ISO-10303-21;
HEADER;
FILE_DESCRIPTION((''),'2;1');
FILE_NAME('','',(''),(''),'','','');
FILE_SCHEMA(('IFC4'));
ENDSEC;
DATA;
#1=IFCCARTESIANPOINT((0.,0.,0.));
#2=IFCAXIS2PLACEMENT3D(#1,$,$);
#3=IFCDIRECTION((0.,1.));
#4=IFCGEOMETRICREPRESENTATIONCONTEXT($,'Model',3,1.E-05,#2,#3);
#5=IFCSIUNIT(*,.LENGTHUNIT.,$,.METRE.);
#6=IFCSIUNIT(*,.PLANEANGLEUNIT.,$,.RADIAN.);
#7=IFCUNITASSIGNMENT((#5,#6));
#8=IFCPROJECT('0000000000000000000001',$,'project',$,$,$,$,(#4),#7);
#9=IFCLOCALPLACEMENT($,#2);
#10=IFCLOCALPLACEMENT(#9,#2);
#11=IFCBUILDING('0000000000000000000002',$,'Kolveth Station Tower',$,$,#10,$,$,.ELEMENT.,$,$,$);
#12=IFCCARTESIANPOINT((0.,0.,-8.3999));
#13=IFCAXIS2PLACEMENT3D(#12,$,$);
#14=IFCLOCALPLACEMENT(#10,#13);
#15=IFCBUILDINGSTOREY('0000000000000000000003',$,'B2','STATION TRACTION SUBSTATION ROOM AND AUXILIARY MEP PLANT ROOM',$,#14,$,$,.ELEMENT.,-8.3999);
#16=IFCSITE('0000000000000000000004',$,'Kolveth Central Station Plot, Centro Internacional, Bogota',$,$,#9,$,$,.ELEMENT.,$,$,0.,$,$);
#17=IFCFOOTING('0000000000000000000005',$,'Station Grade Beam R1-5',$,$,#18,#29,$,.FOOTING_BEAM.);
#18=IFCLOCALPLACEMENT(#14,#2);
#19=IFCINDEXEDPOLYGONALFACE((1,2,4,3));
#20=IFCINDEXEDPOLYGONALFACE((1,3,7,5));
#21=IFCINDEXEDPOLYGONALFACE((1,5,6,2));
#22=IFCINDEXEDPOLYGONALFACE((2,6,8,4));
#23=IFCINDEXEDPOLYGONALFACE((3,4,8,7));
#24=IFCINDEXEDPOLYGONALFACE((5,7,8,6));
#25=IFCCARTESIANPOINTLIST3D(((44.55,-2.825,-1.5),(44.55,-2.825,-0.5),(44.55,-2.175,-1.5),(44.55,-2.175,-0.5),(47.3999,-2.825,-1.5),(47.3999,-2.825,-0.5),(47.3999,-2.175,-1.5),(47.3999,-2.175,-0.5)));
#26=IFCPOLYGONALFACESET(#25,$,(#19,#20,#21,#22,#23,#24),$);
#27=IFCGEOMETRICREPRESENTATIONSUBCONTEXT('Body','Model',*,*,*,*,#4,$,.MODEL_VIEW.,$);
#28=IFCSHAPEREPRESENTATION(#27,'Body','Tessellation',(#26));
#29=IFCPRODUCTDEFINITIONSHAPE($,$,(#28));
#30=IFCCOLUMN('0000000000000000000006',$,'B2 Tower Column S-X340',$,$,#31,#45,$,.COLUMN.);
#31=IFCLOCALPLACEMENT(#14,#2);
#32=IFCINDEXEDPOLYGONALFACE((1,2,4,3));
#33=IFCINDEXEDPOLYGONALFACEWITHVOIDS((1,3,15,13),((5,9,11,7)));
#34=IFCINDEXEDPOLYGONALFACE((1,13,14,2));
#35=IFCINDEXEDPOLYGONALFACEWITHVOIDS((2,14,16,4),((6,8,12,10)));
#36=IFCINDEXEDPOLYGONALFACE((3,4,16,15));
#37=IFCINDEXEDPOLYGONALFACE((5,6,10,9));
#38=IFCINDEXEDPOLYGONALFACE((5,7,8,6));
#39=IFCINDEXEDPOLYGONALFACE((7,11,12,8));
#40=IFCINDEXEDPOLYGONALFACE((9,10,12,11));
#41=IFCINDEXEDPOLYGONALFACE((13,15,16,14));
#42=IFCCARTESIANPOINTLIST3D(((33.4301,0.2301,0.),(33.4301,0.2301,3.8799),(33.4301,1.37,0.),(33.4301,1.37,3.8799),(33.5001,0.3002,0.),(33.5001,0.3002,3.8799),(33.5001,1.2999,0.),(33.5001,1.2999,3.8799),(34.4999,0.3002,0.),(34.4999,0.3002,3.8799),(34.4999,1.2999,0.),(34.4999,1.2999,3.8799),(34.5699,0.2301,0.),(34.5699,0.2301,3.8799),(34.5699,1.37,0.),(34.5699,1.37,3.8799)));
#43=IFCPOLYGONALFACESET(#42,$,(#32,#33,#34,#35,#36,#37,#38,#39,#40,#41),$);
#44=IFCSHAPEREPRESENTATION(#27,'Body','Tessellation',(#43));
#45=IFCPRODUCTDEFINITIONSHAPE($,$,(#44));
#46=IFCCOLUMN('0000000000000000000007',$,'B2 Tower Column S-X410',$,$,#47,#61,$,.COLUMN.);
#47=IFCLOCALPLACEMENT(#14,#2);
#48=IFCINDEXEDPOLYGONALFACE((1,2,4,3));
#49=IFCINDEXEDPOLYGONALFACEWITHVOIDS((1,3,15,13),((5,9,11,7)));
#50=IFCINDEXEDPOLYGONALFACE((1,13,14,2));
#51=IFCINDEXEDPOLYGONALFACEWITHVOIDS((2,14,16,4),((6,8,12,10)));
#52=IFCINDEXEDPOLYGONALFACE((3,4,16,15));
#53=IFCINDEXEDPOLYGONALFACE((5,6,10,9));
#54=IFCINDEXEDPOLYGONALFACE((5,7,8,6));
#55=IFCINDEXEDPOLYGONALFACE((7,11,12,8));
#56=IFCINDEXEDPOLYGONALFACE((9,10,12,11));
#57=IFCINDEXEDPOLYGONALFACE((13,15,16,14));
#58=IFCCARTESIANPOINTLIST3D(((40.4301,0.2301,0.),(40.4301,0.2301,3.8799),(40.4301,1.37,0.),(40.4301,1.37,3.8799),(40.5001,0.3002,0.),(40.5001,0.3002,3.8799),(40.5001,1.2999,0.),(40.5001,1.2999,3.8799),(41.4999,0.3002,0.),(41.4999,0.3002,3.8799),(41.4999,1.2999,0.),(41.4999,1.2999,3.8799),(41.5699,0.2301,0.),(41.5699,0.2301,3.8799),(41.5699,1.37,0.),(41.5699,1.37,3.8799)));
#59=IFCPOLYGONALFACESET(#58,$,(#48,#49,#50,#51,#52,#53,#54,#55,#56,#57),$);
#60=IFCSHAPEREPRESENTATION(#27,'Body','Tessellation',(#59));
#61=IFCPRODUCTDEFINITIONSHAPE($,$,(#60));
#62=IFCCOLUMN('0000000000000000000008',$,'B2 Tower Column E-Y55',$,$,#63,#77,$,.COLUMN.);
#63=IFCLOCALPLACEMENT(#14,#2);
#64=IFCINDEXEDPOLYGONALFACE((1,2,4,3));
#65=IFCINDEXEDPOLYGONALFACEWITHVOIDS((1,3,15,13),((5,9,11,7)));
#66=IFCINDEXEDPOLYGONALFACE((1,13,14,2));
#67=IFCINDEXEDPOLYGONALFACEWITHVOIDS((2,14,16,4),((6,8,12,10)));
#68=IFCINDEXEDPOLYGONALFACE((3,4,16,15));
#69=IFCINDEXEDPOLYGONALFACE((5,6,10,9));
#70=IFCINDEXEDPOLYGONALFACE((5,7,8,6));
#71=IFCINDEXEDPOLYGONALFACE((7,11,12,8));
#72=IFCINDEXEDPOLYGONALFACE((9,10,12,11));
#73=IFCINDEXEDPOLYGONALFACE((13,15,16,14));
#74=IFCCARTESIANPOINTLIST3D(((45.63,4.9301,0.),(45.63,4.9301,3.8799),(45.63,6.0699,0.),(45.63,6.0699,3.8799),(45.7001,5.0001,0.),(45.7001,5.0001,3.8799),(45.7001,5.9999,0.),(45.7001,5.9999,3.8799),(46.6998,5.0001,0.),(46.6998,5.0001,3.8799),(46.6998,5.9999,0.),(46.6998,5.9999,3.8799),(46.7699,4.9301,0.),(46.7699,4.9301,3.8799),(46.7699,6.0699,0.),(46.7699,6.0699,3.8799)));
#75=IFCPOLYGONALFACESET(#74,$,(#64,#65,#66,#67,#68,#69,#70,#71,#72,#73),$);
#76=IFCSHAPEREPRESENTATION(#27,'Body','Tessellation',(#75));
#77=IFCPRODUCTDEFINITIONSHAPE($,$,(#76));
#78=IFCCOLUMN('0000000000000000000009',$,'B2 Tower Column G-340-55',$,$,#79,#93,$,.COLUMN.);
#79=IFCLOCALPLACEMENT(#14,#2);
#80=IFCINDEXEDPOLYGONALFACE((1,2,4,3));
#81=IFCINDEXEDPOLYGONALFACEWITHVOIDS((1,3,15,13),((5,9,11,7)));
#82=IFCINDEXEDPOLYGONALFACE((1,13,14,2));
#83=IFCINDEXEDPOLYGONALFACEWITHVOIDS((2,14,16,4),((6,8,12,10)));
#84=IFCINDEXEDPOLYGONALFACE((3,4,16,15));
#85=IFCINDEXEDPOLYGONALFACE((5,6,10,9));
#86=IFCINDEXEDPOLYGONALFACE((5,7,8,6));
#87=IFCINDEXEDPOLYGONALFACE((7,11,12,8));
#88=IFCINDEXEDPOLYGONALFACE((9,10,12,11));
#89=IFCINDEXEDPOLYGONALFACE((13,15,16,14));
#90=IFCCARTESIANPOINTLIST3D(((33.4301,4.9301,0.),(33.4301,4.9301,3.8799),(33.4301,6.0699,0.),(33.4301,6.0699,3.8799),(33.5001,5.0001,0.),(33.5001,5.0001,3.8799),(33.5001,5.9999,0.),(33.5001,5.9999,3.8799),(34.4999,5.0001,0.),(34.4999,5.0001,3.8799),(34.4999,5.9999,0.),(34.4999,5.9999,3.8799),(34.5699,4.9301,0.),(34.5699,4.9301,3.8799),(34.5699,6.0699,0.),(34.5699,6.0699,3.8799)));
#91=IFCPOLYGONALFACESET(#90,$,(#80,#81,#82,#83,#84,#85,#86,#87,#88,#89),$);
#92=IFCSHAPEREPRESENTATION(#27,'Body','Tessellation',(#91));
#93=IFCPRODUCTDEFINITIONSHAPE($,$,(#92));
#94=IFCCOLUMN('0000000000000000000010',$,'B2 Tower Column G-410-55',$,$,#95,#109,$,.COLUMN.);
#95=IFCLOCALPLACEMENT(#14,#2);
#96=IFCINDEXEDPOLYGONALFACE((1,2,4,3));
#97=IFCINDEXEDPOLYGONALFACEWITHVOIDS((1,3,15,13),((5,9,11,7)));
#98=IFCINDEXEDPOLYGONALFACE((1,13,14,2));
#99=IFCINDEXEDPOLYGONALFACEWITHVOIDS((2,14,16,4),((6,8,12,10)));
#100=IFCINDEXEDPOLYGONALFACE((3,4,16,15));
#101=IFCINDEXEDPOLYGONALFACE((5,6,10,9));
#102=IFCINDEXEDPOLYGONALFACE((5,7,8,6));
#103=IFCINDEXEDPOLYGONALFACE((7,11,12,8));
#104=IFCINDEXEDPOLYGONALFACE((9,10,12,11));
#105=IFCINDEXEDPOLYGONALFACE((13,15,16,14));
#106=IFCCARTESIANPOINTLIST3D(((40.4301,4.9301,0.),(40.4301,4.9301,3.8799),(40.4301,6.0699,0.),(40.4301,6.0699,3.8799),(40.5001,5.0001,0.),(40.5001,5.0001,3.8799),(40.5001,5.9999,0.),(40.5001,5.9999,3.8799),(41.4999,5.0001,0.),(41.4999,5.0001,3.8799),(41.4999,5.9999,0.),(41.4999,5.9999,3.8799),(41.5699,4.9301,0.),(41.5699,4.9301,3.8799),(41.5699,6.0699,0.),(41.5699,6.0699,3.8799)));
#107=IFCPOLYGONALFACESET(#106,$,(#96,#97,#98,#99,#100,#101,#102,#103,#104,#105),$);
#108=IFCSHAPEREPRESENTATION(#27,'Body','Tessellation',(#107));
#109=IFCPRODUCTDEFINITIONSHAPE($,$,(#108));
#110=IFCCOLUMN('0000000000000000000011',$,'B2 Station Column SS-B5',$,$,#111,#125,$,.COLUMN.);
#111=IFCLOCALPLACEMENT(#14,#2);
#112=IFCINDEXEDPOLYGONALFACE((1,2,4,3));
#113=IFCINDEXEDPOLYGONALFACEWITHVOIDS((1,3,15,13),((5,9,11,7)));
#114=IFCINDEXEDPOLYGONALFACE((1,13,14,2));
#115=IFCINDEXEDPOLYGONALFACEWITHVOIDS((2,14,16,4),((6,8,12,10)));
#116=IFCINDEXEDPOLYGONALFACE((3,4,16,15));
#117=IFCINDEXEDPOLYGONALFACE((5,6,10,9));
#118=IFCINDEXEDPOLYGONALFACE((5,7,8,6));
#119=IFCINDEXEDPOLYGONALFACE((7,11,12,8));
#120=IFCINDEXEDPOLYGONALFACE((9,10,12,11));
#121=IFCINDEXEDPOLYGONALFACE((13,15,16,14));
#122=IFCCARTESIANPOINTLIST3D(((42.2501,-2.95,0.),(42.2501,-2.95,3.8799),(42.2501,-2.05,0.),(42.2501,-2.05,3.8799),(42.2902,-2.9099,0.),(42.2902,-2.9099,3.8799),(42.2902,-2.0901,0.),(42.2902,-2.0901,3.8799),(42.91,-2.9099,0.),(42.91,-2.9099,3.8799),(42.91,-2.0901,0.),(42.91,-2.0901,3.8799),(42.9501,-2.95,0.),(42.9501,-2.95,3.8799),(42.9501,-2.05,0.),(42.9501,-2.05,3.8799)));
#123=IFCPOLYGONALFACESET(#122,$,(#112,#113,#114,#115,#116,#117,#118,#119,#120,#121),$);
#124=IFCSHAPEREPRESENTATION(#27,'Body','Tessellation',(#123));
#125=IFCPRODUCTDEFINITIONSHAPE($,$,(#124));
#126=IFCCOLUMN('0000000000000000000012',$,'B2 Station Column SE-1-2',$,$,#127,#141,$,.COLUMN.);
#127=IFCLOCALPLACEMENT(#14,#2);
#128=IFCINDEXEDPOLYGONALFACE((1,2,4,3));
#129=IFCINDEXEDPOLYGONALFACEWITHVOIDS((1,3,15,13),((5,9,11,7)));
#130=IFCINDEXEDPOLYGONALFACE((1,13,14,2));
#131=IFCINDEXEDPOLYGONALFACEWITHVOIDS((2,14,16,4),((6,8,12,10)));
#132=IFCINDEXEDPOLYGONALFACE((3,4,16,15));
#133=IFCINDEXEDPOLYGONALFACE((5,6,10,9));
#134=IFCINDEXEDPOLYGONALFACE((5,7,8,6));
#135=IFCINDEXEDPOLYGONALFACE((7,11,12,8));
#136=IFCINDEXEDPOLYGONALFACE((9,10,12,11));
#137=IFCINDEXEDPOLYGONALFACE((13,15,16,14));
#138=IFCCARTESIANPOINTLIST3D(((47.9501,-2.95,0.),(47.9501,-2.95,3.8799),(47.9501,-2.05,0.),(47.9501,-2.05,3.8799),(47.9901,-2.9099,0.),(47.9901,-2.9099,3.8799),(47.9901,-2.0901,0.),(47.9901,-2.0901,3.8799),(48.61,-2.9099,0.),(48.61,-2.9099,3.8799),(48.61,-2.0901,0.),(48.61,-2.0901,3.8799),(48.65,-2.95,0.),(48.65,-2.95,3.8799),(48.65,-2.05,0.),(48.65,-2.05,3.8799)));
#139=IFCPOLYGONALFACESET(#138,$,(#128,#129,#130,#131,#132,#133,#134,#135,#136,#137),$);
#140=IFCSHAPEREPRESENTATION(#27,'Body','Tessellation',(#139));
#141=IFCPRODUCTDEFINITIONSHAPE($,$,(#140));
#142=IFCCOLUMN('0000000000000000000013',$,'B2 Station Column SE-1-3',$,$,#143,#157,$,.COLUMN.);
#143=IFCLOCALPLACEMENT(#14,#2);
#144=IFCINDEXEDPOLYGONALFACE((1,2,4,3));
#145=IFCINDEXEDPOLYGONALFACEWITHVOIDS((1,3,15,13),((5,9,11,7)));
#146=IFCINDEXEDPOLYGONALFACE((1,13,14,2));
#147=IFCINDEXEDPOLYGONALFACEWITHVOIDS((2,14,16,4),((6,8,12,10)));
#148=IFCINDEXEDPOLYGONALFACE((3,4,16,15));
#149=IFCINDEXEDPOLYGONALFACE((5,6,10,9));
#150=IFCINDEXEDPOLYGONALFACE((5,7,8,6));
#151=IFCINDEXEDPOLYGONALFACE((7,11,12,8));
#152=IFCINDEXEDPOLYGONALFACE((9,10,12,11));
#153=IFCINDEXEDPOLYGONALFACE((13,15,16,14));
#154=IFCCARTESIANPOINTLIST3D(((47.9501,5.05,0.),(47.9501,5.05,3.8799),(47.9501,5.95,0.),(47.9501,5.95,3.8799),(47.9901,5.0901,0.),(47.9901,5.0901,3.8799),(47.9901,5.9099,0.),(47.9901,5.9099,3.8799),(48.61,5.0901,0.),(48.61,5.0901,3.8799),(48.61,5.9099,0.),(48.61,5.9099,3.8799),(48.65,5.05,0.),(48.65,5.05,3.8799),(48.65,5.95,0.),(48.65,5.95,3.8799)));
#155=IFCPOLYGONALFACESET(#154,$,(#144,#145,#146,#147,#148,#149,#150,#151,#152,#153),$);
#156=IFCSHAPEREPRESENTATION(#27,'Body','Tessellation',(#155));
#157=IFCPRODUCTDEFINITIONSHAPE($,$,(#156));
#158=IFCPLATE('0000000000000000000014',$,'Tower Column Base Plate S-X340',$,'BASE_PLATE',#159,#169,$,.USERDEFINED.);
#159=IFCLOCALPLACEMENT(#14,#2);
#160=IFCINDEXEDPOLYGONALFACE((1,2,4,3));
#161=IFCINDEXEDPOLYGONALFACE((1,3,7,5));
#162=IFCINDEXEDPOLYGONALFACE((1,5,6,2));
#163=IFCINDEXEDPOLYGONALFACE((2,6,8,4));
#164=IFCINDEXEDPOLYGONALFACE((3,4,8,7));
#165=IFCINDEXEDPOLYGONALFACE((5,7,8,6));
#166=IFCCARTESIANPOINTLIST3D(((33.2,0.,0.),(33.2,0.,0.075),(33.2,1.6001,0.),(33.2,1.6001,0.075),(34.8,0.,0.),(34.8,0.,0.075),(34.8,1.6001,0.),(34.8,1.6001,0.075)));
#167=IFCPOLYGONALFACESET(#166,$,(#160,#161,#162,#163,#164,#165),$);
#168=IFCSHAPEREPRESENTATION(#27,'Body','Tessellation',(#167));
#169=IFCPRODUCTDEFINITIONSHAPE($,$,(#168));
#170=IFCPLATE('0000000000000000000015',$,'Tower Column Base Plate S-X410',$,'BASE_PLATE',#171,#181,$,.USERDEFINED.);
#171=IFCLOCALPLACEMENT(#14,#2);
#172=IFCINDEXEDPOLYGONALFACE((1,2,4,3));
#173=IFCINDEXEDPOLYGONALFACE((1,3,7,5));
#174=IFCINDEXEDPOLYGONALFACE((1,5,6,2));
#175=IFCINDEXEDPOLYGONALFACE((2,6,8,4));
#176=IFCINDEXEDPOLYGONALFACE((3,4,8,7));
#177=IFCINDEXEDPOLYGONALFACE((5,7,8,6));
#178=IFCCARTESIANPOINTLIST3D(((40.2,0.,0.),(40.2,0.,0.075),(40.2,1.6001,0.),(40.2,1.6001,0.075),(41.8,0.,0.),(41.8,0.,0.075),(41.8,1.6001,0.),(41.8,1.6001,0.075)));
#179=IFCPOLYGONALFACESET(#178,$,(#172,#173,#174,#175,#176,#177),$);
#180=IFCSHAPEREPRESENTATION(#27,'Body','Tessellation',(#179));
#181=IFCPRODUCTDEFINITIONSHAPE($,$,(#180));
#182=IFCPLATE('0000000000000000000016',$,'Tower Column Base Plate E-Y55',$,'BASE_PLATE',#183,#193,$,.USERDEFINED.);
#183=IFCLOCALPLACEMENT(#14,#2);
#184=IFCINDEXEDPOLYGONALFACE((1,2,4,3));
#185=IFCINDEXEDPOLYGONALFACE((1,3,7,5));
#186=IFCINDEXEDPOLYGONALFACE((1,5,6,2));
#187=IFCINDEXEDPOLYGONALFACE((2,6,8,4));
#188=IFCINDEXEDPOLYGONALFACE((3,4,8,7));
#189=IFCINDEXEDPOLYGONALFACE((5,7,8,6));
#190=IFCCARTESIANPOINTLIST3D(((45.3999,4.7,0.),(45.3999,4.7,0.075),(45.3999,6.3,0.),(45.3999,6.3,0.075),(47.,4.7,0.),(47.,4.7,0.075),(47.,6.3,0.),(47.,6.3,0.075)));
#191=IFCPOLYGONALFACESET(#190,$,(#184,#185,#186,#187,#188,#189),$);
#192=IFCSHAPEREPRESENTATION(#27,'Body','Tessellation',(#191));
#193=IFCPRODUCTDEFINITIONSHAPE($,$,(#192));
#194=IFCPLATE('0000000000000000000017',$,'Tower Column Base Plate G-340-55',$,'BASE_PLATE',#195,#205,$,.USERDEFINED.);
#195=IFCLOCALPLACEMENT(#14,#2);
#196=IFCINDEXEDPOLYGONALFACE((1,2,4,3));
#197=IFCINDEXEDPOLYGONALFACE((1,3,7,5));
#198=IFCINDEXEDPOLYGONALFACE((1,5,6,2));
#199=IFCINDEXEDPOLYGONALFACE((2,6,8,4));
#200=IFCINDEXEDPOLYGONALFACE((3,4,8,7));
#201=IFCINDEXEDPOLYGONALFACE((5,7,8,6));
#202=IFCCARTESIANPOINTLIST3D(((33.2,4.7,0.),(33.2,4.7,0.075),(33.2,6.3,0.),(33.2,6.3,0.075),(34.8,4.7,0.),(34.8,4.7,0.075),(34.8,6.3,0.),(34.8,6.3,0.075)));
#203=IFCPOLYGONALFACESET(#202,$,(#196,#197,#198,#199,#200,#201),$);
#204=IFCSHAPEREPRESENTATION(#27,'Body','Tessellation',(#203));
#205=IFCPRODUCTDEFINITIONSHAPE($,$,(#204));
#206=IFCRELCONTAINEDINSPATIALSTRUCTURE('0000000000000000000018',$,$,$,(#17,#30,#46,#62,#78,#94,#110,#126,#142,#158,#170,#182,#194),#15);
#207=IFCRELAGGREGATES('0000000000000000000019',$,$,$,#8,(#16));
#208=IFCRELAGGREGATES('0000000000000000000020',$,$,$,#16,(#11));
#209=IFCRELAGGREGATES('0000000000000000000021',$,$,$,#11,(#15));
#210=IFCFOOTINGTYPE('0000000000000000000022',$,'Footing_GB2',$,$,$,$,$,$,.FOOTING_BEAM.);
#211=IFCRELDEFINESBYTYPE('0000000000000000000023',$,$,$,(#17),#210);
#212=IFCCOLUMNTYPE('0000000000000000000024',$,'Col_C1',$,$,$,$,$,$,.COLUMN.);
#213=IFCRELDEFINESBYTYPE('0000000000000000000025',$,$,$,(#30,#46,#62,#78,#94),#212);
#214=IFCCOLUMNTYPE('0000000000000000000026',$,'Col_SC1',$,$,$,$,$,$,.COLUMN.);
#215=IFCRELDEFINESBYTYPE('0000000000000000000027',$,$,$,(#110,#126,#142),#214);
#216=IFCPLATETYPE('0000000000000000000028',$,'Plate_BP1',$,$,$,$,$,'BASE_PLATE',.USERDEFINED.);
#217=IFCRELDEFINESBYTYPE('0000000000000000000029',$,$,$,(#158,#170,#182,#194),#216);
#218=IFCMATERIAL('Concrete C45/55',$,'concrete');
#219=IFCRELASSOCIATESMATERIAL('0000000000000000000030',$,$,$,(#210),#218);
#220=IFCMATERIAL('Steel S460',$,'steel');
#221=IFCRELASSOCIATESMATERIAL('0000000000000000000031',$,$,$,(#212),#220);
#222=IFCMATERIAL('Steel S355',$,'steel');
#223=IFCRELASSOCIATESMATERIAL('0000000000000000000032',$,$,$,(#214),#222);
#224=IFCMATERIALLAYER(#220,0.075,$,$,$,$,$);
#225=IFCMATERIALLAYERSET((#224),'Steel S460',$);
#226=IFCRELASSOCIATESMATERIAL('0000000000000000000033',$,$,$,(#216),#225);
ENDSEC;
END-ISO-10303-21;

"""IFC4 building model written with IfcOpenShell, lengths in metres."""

from ifc_helpers import new_model, si_unit, direction, frame, origin, origin_2d, place, context, subcontext, project, spatial, rectangle, hollow_rectangle, extrude, source, transform, mapped, material, layer, layer_set, material_profile, profile_set, type_object, element, save


model = new_model("IFC4")

# Units and contexts
model_context = context("Model", 3, precision=1e-05, world=origin(), true_north=direction((0.0, 1.0)))
body_context = subcontext(model_context, "Body", "Model", "MODEL_VIEW")
ifc_project = project(units=[si_unit("LENGTHUNIT", "METRE"), si_unit("PLANEANGLEUNIT", "RADIAN")], contexts=[model_context])

# Site, building, storey
site_placement = place(None, origin())
site = spatial("IfcSite", under=ifc_project, at=site_placement, Name="Kolveth Central Station Plot, Centro Internacional, Bogota", CompositionType="ELEMENT", RefElevation=0.0)
building_placement = place(site_placement, origin())
building = spatial("IfcBuilding", under=site, at=building_placement, Name="Kolveth Station Tower", CompositionType="ELEMENT")
storey_placement = place(building_placement, frame((0.0, 0.0, -8.3999)))
storey = spatial("IfcBuildingStorey", under=building, at=storey_placement, Name="B2", Description="STATION TRACTION SUBSTATION ROOM AND AUXILIARY MEP PLANT ROOM", CompositionType="ELEMENT", Elevation=-8.3999)

# Shared definitions
ifc_material_1 = material(Name="Concrete C45/55", Category="concrete")

# Footing
ifc_material_profile_1 = material_profile(ifc_material_1, rectangle(XDim=0.6499, YDim=1.0, at=origin_2d()), Name="RC-650x1000")
ifc_profile_set_1 = profile_set([ifc_material_profile_1], Name="Concrete C45/55")
footing_type_1 = type_object("IfcFootingType", Name="Footing_GB2", PredefinedType="FOOTING_BEAM", material=ifc_profile_set_1)
shared_shape_1 = source(origin(), body_context, "Body", "SweptSolid", [
    extrude(rectangle(XDim=0.6499, YDim=1.0, at=origin_2d()), origin(), (0.0, 0.0, 1.0), 2.8499),
])
footing_1_placement = place(storey_placement, frame((44.55, -2.5, -1.0), z_axis=(1.0, 0.0, 0.0), x_axis=(0.0, 1.0, 0.0)))
element("IfcFooting", 1, at=footing_1_placement, inside=storey, type_object=footing_type_1, Name="Station Grade Beam R1-5", PredefinedType="FOOTING_BEAM", context=body_context, shape_type="MappedRepresentation", body=[
    mapped(shared_shape_1, transform((0.0, 0.0, 0.0), x_axis=(1.0, 0.0, 0.0), y_axis=(0.0, 1.0, 0.0), z_axis=(0.0, 0.0, 1.0), scale=1.0)),
])

# Columns
ifc_material_2 = material(Name="Steel S460", Category="steel")
ifc_material_profile_2 = material_profile(ifc_material_2, hollow_rectangle(XDim=1.1399, YDim=1.1399, WallThickness=0.0701, at=origin_2d()), Name="BOX1140x1140x70")
ifc_profile_set_2 = profile_set([ifc_material_profile_2], Name="Steel S460")
column_type_1 = type_object("IfcColumnType", Name="Col_C1", PredefinedType="COLUMN", material=ifc_profile_set_2)
shared_shape_2 = source(origin(), body_context, "Body", "SweptSolid", [
    extrude(hollow_rectangle(XDim=1.1399, YDim=1.1399, WallThickness=0.0701, at=origin_2d()), origin(), (0.0, 0.0, 1.0), 3.8799),
])
for number, where, z_axis, x_axis, name in (
    (2, (34.0, 0.8, 0.0), (0.0, 0.0, 1.0), (1.0, 0.0, 0.0), "B2 Tower Column S-X340"),
    (3, (41.0, 0.8, 0.0), (0.0, 0.0, 1.0), (1.0, 0.0, 0.0), "B2 Tower Column S-X410"),
    (4, (46.2, 5.5, 0.0), (0.0, 0.0, 1.0), (1.0, 0.0, 0.0), "B2 Tower Column E-Y55"),
    (5, (34.0, 5.5, 0.0), (0.0, 0.0, 1.0), (1.0, 0.0, 0.0), "B2 Tower Column G-340-55"),
    (6, (41.0, 5.5, 0.0), (0.0, 0.0, 1.0), (1.0, 0.0, 0.0), "B2 Tower Column G-410-55"),
):
    element("IfcColumn", number, at=place(storey_placement, frame(where, z_axis=z_axis, x_axis=x_axis)), inside=storey, type_object=column_type_1, Name=name, PredefinedType="COLUMN", context=body_context, shape_type="MappedRepresentation", body=[
        mapped(shared_shape_2, transform((0.0, 0.0, 0.0), x_axis=(1.0, 0.0, 0.0), y_axis=(0.0, 1.0, 0.0), z_axis=(0.0, 0.0, 1.0), scale=1.0)),
    ])
ifc_material_3 = material(Name="Steel S355", Category="steel")
ifc_material_profile_3 = material_profile(ifc_material_3, hollow_rectangle(XDim=0.7, YDim=0.8999, WallThickness=0.04, at=origin_2d()), Name="BOX900x700x40")
ifc_profile_set_3 = profile_set([ifc_material_profile_3], Name="Steel S355")
column_type_2 = type_object("IfcColumnType", Name="Col_SC1", PredefinedType="COLUMN", material=ifc_profile_set_3)
shared_shape_3 = source(origin(), body_context, "Body", "SweptSolid", [
    extrude(hollow_rectangle(XDim=0.7, YDim=0.8999, WallThickness=0.04, at=origin_2d()), origin(), (0.0, 0.0, 1.0), 3.8799),
])
for number, where, z_axis, x_axis, name in (
    (7, (42.6001, -2.5, 0.0), (0.0, 0.0, 1.0), (1.0, 0.0, 0.0), "B2 Station Column SS-B5"),
    (8, (48.3, -2.5, 0.0), (0.0, 0.0, 1.0), (1.0, 0.0, 0.0), "B2 Station Column SE-1-2"),
    (9, (48.3, 5.5, 0.0), (0.0, 0.0, 1.0), (1.0, 0.0, 0.0), "B2 Station Column SE-1-3"),
):
    element("IfcColumn", number, at=place(storey_placement, frame(where, z_axis=z_axis, x_axis=x_axis)), inside=storey, type_object=column_type_2, Name=name, PredefinedType="COLUMN", context=body_context, shape_type="MappedRepresentation", body=[
        mapped(shared_shape_3, transform((0.0, 0.0, 0.0), x_axis=(1.0, 0.0, 0.0), y_axis=(0.0, 1.0, 0.0), z_axis=(0.0, 0.0, 1.0), scale=1.0)),
    ])

# Plates
ifc_layer_1 = layer(ifc_material_2, 0.075)
ifc_layer_set_1 = layer_set([ifc_layer_1], Name="Steel S460")
plate_type_1 = type_object("IfcPlateType", Name="Plate_BP1", ElementType="BASE_PLATE", PredefinedType="USERDEFINED", material=ifc_layer_set_1)
shared_shape_4 = source(origin(), body_context, "Body", "SweptSolid", [
    extrude(rectangle(XDim=1.6001, YDim=1.6001, at=origin_2d()), origin(), (0.0, 0.0, 1.0), 0.075),
])
for number, where, z_axis, x_axis, name in (
    (10, (34.0, 0.8, 0.0), (0.0, 0.0, 1.0), (1.0, 0.0, 0.0), "Tower Column Base Plate S-X340"),
    (11, (41.0, 0.8, 0.0), (0.0, 0.0, 1.0), (1.0, 0.0, 0.0), "Tower Column Base Plate S-X410"),
    (12, (46.2, 5.5, 0.0), (0.0, 0.0, 1.0), (1.0, 0.0, 0.0), "Tower Column Base Plate E-Y55"),
    (13, (34.0, 5.5, 0.0), (0.0, 0.0, 1.0), (1.0, 0.0, 0.0), "Tower Column Base Plate G-340-55"),
):
    element("IfcPlate", number, at=place(storey_placement, frame(where, z_axis=z_axis, x_axis=x_axis)), inside=storey, type_object=plate_type_1, Name=name, ObjectType="BASE_PLATE", PredefinedType="USERDEFINED", context=body_context, shape_type="MappedRepresentation", body=[
        mapped(shared_shape_4, transform((0.0, 0.0, 0.0), x_axis=(1.0, 0.0, 0.0), y_axis=(0.0, 1.0, 0.0), z_axis=(0.0, 0.0, 1.0), scale=1.0)),
    ])

save(model, "model.ifc")
